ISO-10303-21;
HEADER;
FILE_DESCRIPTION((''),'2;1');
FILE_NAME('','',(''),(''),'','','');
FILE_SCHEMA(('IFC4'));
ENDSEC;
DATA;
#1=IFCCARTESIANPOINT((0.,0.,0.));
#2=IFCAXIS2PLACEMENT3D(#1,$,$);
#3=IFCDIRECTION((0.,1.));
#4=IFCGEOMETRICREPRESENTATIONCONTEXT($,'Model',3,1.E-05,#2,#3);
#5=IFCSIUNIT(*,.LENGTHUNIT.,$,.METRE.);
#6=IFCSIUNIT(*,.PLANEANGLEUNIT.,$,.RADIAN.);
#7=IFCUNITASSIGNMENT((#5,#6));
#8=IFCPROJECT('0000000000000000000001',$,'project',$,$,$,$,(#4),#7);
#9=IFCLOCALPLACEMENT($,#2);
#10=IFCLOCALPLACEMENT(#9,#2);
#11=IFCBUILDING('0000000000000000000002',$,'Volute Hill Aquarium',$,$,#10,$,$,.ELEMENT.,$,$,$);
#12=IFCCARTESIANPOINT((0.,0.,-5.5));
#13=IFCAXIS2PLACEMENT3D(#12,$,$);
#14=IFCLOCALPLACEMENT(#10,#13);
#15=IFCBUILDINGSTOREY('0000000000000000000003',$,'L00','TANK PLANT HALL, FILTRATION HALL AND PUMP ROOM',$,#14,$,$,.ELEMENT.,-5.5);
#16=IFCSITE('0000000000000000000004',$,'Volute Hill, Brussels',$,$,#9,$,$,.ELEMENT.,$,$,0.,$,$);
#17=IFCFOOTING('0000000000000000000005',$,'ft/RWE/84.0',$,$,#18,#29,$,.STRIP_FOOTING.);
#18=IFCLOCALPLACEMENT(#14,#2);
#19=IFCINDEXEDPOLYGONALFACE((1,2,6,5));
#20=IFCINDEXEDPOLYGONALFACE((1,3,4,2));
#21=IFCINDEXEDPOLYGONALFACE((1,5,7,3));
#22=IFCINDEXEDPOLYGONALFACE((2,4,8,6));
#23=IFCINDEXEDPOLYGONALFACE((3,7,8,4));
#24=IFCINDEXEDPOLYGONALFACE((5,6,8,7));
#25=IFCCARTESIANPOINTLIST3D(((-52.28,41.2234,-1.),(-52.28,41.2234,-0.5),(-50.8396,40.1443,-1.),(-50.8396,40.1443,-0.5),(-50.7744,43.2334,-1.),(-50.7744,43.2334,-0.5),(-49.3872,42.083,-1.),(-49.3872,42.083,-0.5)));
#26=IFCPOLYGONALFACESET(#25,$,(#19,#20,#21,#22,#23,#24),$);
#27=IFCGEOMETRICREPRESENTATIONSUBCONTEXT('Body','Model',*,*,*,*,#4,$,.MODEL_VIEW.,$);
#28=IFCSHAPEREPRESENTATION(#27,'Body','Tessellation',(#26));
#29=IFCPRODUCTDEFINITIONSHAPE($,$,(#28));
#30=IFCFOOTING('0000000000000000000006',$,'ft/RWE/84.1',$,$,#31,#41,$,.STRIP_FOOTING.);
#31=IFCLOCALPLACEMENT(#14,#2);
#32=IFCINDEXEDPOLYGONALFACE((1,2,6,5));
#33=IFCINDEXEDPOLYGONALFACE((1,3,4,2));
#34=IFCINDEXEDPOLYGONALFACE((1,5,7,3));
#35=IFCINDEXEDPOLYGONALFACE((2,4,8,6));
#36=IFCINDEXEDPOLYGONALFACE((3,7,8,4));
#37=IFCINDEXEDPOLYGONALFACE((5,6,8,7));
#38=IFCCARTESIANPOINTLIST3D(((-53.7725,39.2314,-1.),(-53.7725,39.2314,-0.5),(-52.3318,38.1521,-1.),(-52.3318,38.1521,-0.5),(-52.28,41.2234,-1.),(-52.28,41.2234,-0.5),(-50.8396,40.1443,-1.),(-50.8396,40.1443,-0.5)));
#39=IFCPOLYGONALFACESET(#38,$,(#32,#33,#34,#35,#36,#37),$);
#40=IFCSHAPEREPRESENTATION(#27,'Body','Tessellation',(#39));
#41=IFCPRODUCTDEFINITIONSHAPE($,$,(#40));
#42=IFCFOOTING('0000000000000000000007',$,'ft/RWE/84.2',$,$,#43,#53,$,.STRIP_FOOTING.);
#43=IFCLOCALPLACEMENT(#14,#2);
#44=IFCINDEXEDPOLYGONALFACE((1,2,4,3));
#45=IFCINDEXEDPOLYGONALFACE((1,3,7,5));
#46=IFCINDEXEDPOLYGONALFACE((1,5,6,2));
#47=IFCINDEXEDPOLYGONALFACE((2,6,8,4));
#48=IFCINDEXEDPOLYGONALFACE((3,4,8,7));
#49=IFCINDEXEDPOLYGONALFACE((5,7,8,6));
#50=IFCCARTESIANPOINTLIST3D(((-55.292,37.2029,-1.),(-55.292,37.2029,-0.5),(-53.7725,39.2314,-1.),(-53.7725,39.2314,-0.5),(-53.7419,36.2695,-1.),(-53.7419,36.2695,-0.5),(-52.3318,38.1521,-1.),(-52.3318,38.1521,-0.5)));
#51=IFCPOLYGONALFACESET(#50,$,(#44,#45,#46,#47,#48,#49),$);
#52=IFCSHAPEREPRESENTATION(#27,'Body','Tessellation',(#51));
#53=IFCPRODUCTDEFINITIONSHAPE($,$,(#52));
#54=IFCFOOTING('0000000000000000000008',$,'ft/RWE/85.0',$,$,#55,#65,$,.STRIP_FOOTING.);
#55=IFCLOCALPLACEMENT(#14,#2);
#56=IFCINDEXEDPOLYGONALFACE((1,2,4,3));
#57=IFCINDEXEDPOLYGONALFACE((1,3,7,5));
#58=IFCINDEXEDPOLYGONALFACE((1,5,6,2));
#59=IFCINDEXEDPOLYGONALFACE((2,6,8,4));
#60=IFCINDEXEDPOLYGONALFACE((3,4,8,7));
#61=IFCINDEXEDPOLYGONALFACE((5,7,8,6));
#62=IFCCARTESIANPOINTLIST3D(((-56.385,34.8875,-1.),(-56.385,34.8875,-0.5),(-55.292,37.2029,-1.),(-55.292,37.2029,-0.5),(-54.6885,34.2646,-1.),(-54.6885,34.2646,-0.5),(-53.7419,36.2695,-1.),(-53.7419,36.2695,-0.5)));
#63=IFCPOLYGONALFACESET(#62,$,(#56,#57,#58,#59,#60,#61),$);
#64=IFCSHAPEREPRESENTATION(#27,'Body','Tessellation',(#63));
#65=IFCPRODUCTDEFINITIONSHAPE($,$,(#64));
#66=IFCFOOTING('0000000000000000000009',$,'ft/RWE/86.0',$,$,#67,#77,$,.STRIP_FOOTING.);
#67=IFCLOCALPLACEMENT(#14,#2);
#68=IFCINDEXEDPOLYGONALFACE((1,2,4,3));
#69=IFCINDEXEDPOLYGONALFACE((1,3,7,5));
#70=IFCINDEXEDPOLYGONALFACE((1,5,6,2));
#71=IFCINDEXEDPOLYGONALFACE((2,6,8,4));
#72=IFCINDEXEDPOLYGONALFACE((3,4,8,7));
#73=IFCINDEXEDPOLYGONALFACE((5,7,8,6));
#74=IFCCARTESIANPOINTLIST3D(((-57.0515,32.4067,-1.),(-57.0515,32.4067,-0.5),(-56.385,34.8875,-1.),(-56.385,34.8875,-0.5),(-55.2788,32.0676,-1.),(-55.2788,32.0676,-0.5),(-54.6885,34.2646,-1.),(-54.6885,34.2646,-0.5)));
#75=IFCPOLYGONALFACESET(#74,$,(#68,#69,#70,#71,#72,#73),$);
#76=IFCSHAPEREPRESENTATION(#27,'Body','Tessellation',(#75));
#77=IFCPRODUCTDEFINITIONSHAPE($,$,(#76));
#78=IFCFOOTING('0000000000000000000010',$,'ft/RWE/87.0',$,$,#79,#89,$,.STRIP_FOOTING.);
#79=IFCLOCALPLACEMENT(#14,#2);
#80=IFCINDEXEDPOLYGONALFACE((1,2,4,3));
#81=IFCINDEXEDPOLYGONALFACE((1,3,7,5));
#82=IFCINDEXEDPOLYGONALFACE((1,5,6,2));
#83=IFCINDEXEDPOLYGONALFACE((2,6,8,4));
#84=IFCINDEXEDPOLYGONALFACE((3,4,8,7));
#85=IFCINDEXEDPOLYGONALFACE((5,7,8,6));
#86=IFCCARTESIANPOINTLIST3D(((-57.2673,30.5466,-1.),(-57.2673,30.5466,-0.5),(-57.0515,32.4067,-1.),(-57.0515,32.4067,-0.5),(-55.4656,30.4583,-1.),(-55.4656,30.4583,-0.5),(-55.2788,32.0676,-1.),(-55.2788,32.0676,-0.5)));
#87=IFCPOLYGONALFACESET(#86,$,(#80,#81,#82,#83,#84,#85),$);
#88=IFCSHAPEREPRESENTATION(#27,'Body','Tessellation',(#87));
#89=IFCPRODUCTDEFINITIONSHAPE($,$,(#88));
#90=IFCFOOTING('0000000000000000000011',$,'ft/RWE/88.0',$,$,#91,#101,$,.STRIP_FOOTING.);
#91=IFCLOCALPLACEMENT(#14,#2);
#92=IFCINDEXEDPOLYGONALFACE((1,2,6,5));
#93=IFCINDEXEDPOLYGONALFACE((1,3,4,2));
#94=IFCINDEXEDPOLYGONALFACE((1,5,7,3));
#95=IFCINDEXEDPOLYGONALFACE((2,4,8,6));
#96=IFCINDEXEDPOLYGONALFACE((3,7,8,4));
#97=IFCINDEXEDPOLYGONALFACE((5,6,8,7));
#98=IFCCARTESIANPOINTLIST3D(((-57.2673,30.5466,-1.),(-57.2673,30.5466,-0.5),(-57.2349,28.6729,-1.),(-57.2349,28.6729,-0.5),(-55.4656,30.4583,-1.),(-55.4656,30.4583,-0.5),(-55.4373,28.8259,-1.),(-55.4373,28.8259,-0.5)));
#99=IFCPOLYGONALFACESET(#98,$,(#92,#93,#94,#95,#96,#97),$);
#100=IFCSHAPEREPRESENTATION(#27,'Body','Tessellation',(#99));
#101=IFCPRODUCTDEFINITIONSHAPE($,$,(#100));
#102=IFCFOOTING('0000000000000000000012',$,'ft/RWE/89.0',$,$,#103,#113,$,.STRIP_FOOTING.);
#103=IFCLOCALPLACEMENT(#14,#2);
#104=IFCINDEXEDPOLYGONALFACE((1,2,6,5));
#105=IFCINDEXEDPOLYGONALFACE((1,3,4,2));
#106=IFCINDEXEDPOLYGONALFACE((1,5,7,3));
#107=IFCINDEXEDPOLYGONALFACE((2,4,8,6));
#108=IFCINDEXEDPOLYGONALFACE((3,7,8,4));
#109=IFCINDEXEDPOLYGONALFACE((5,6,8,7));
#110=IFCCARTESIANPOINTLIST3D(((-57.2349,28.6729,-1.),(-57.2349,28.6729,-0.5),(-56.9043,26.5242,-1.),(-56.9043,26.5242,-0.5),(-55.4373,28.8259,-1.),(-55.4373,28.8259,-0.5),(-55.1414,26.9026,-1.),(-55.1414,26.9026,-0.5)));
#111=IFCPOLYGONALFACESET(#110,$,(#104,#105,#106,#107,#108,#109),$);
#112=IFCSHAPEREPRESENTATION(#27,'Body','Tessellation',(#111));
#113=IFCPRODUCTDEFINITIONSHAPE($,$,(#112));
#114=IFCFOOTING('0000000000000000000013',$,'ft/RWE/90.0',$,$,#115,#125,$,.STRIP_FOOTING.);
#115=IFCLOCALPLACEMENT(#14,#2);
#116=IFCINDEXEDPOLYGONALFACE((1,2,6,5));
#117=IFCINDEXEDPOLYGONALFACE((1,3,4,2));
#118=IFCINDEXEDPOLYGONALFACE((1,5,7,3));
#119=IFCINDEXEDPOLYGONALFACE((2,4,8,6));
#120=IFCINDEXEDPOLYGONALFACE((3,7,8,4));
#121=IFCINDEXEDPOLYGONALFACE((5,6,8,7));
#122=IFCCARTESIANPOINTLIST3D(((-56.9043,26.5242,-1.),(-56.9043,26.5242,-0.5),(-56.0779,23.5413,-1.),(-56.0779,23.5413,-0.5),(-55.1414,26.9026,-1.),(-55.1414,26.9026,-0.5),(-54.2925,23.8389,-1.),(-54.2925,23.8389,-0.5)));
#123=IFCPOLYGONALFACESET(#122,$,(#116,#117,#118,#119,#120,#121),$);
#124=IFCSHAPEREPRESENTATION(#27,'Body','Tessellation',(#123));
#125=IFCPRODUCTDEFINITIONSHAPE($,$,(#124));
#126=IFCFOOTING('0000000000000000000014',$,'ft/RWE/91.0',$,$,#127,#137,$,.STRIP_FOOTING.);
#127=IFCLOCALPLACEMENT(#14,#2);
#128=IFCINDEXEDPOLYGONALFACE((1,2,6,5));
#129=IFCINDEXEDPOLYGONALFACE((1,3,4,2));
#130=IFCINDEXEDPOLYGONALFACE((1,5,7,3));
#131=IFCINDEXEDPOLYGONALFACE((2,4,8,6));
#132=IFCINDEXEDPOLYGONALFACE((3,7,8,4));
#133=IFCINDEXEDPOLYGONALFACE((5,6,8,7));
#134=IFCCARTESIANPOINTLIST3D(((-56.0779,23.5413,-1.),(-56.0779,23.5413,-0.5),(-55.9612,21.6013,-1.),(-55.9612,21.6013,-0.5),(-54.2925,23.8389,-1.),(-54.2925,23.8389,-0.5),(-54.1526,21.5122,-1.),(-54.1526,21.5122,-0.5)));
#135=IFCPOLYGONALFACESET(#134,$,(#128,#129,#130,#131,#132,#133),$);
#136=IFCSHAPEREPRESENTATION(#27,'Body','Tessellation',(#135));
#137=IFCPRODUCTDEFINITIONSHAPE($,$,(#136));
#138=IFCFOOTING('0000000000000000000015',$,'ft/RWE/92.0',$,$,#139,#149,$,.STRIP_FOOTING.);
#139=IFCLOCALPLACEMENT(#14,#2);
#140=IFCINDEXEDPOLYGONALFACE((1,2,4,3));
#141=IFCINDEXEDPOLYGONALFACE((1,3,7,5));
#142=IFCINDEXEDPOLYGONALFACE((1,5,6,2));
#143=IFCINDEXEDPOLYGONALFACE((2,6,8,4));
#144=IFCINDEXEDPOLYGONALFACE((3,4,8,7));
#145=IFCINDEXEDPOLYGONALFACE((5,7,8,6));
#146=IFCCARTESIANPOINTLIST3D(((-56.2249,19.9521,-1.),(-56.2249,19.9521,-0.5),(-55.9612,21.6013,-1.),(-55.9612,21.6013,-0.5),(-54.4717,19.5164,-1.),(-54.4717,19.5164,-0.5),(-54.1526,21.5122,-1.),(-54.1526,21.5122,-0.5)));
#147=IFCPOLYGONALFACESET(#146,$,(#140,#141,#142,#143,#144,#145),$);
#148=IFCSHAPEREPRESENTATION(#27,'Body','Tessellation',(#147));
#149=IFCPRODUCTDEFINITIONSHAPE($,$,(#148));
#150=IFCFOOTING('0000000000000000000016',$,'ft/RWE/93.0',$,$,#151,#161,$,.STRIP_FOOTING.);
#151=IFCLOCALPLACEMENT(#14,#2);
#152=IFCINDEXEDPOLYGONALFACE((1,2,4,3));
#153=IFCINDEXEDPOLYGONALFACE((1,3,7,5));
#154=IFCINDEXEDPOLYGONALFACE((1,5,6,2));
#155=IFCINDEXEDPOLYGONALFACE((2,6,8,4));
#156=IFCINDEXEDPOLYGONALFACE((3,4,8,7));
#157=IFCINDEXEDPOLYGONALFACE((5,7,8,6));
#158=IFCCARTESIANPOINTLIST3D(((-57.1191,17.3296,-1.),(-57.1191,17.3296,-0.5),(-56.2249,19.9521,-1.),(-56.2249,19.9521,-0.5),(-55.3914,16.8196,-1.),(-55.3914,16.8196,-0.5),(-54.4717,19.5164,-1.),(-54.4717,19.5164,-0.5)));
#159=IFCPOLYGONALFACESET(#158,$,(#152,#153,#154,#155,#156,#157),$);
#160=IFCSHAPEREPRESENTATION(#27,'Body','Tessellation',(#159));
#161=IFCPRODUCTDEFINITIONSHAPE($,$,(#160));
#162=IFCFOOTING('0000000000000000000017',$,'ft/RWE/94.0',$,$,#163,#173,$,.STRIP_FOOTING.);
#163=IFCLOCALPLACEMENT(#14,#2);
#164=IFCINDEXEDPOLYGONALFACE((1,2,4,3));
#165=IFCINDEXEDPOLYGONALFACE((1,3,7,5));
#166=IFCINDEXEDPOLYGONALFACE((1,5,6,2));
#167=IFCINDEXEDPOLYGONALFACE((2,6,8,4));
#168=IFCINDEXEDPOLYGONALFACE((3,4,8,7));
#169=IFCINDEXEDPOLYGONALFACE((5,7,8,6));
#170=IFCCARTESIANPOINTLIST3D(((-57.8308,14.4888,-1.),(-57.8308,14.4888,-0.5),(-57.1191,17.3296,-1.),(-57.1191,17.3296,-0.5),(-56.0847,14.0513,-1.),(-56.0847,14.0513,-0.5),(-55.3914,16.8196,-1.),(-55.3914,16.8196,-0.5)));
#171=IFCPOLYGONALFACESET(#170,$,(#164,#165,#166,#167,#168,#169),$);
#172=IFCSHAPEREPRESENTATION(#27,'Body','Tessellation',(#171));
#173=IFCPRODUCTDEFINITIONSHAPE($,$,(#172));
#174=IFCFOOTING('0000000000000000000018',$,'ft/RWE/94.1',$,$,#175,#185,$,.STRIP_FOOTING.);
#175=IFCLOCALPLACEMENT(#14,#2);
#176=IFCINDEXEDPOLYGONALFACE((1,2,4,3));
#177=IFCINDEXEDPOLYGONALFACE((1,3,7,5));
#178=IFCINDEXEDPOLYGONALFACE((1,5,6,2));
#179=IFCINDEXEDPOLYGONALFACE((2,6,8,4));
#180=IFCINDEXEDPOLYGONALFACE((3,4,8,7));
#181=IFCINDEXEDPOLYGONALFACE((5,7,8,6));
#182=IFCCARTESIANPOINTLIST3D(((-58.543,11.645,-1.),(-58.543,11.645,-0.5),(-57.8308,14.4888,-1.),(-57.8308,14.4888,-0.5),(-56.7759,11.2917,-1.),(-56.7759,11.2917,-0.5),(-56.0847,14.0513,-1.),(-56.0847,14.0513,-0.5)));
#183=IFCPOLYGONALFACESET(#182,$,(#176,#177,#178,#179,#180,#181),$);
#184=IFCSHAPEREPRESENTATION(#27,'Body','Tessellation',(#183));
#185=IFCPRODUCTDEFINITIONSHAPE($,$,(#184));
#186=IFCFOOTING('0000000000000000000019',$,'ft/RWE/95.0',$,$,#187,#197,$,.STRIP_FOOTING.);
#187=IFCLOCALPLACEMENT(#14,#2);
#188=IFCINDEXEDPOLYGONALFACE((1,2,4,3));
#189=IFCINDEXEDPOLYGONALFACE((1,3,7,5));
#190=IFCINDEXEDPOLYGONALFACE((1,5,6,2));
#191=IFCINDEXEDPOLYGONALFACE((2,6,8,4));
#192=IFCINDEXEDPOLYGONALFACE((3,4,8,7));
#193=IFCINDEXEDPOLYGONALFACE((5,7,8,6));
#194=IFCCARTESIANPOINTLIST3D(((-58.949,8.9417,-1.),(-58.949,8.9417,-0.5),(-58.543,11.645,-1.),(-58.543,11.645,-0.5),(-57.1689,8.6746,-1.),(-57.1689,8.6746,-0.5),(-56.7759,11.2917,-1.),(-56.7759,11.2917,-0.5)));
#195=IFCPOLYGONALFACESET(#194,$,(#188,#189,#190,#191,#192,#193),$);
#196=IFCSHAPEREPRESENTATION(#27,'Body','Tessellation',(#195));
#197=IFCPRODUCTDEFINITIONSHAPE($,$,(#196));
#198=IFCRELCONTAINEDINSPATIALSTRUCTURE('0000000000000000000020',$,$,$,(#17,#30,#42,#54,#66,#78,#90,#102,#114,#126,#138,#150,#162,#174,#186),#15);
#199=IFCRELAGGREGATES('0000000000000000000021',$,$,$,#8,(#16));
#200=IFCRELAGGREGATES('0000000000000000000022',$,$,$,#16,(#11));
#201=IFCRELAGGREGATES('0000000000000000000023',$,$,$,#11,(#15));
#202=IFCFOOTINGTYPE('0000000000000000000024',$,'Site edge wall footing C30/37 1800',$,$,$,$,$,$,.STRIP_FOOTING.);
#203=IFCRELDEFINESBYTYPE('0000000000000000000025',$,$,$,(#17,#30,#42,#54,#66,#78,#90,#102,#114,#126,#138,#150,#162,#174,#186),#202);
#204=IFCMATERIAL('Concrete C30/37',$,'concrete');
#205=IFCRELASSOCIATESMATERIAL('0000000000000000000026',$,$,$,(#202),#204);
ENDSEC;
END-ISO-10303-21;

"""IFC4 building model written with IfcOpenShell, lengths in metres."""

from ifc_helpers import new_model, si_unit, direction, frame, origin, place, context, subcontext, project, spatial, polyline, outline, extrude, material, type_object, element, save


model = new_model("IFC4")

# Units and contexts
model_context = context("Model", 3, precision=1e-05, world=origin(), true_north=direction((0.0, 1.0)))
body_context = subcontext(model_context, "Body", "Model", "MODEL_VIEW")
ifc_project = project(units=[si_unit("LENGTHUNIT", "METRE"), si_unit("PLANEANGLEUNIT", "RADIAN")], contexts=[model_context])

# Site, building, storey
site_placement = place(None, origin())
site = spatial("IfcSite", under=ifc_project, at=site_placement, Name="Volute Hill, Brussels", CompositionType="ELEMENT", RefElevation=0.0)
building_placement = place(site_placement, origin())
building = spatial("IfcBuilding", under=site, at=building_placement, Name="Volute Hill Aquarium", CompositionType="ELEMENT")
storey_placement = place(building_placement, frame((0.0, 0.0, -5.5)))
storey = spatial("IfcBuildingStorey", under=building, at=storey_placement, Name="L00", Description="TANK PLANT HALL, FILTRATION HALL AND PUMP ROOM", CompositionType="ELEMENT", Elevation=-5.5)

# Footings
ifc_material = material(Name="Concrete C30/37", Category="concrete")
footing_type = type_object("IfcFootingType", Name="Site edge wall footing C30/37 1800", PredefinedType="STRIP_FOOTING", material=ifc_material)
footing_1_placement = place(storey_placement, frame((0.0, 0.0, -1.0)))
element("IfcFooting", 1, at=footing_1_placement, inside=storey, type_object=footing_type, Name="ft/RWE/84.0", PredefinedType="STRIP_FOOTING", context=body_context, shape_type="SweptSolid", body=[
    extrude(outline(polyline([(-50.7744, 43.2334), (-52.28, 41.2234), (-50.8396, 40.1443), (-49.3872, 42.083), (-49.3872, 42.083), (-50.7744, 43.2334)])), origin(), (0.0, 0.0, 1.0), 0.5),
])
footing_2_placement = place(storey_placement, frame((0.0, 0.0, -1.0)))
element("IfcFooting", 2, at=footing_2_placement, inside=storey, type_object=footing_type, Name="ft/RWE/84.1", PredefinedType="STRIP_FOOTING", context=body_context, shape_type="SweptSolid", body=[
    extrude(outline(polyline([(-52.28, 41.2234), (-53.7725, 39.2314), (-52.3318, 38.1521), (-50.8396, 40.1443), (-52.28, 41.2234)])), origin(), (0.0, 0.0, 1.0), 0.5),
])
footing_3_placement = place(storey_placement, frame((0.0, 0.0, -1.0)))
element("IfcFooting", 3, at=footing_3_placement, inside=storey, type_object=footing_type, Name="ft/RWE/84.2", PredefinedType="STRIP_FOOTING", context=body_context, shape_type="SweptSolid", body=[
    extrude(outline(polyline([(-53.7725, 39.2314), (-55.292, 37.2029), (-53.7419, 36.2695), (-53.7419, 36.2695), (-52.3318, 38.1521), (-53.7725, 39.2314)])), origin(), (0.0, 0.0, 1.0), 0.5),
])
footing_4_placement = place(storey_placement, frame((0.0, 0.0, -1.0)))
element("IfcFooting", 4, at=footing_4_placement, inside=storey, type_object=footing_type, Name="ft/RWE/85.0", PredefinedType="STRIP_FOOTING", context=body_context, shape_type="SweptSolid", body=[
    extrude(outline(polyline([(-56.385, 34.8875), (-56.385, 34.8875), (-54.6885, 34.2646), (-54.6885, 34.2646), (-53.7419, 36.2695), (-55.292, 37.2029), (-55.292, 37.2029), (-56.385, 34.8875)])), origin(), (0.0, 0.0, 1.0), 0.5),
])
footing_5_placement = place(storey_placement, frame((0.0, 0.0, -1.0)))
element("IfcFooting", 5, at=footing_5_placement, inside=storey, type_object=footing_type, Name="ft/RWE/86.0", PredefinedType="STRIP_FOOTING", context=body_context, shape_type="SweptSolid", body=[
    extrude(outline(polyline([(-56.385, 34.8875), (-57.0515, 32.4067), (-55.2788, 32.0676), (-54.6885, 34.2646), (-56.385, 34.8875)])), origin(), (0.0, 0.0, 1.0), 0.5),
])
footing_6_placement = place(storey_placement, frame((0.0, 0.0, -1.0)))
element("IfcFooting", 6, at=footing_6_placement, inside=storey, type_object=footing_type, Name="ft/RWE/87.0", PredefinedType="STRIP_FOOTING", context=body_context, shape_type="SweptSolid", body=[
    extrude(outline(polyline([(-57.2673, 30.5466), (-57.2673, 30.5466), (-55.4656, 30.4583), (-55.2788, 32.0676), (-55.2788, 32.0676), (-57.0515, 32.4067), (-57.0515, 32.4067), (-57.2673, 30.5466)])), origin(), (0.0, 0.0, 1.0), 0.5),
])
footing_7_placement = place(storey_placement, frame((0.0, 0.0, -1.0)))
element("IfcFooting", 7, at=footing_7_placement, inside=storey, type_object=footing_type, Name="ft/RWE/88.0", PredefinedType="STRIP_FOOTING", context=body_context, shape_type="SweptSolid", body=[
    extrude(outline(polyline([(-57.2349, 28.6729), (-57.2349, 28.6729), (-55.4373, 28.8259), (-55.4373, 28.8259), (-55.4656, 30.4583), (-57.2673, 30.5466), (-57.2349, 28.6729)])), origin(), (0.0, 0.0, 1.0), 0.5),
])
footing_8_placement = place(storey_placement, frame((0.0, 0.0, -1.0)))
element("IfcFooting", 8, at=footing_8_placement, inside=storey, type_object=footing_type, Name="ft/RWE/89.0", PredefinedType="STRIP_FOOTING", context=body_context, shape_type="SweptSolid", body=[
    extrude(outline(polyline([(-57.2349, 28.6729), (-56.9043, 26.5242), (-55.1414, 26.9026), (-55.4373, 28.8259), (-57.2349, 28.6729)])), origin(), (0.0, 0.0, 1.0), 0.5),
])
footing_9_placement = place(storey_placement, frame((0.0, 0.0, -1.0)))
element("IfcFooting", 9, at=footing_9_placement, inside=storey, type_object=footing_type, Name="ft/RWE/90.0", PredefinedType="STRIP_FOOTING", context=body_context, shape_type="SweptSolid", body=[
    extrude(outline(polyline([(-56.0779, 23.5413), (-56.0779, 23.5413), (-54.2925, 23.8389), (-55.1414, 26.9026), (-55.1414, 26.9026), (-56.9043, 26.5242), (-56.9043, 26.5242), (-56.0779, 23.5413)])), origin(), (0.0, 0.0, 1.0), 0.5),
])
footing_10_placement = place(storey_placement, frame((0.0, 0.0, -1.0)))
element("IfcFooting", 10, at=footing_10_placement, inside=storey, type_object=footing_type, Name="ft/RWE/91.0", PredefinedType="STRIP_FOOTING", context=body_context, shape_type="SweptSolid", body=[
    extrude(outline(polyline([(-56.0779, 23.5413), (-55.9612, 21.6013), (-54.1526, 21.5122), (-54.2925, 23.8389), (-54.2925, 23.8389), (-56.0779, 23.5413)])), origin(), (0.0, 0.0, 1.0), 0.5),
])
footing_11_placement = place(storey_placement, frame((0.0, 0.0, -1.0)))
element("IfcFooting", 11, at=footing_11_placement, inside=storey, type_object=footing_type, Name="ft/RWE/92.0", PredefinedType="STRIP_FOOTING", context=body_context, shape_type="SweptSolid", body=[
    extrude(outline(polyline([(-56.2249, 19.9521), (-56.2249, 19.9521), (-54.4717, 19.5164), (-54.1526, 21.5122), (-54.1526, 21.5122), (-55.9612, 21.6013), (-55.9612, 21.6013), (-56.2249, 19.9521)])), origin(), (0.0, 0.0, 1.0), 0.5),
])
footing_12_placement = place(storey_placement, frame((0.0, 0.0, -1.0)))
element("IfcFooting", 12, at=footing_12_placement, inside=storey, type_object=footing_type, Name="ft/RWE/93.0", PredefinedType="STRIP_FOOTING", context=body_context, shape_type="SweptSolid", body=[
    extrude(outline(polyline([(-56.2249, 19.9521), (-57.1191, 17.3296), (-55.3914, 16.8196), (-54.4717, 19.5164), (-56.2249, 19.9521)])), origin(), (0.0, 0.0, 1.0), 0.5),
])
footing_13_placement = place(storey_placement, frame((0.0, 0.0, -1.0)))
element("IfcFooting", 13, at=footing_13_placement, inside=storey, type_object=footing_type, Name="ft/RWE/94.0", PredefinedType="STRIP_FOOTING", context=body_context, shape_type="SweptSolid", body=[
    extrude(outline(polyline([(-57.1191, 17.3296), (-57.8308, 14.4888), (-56.0847, 14.0513), (-55.3914, 16.8196), (-55.3914, 16.8196), (-57.1191, 17.3296), (-57.1191, 17.3296)])), origin(), (0.0, 0.0, 1.0), 0.5),
])
footing_14_placement = place(storey_placement, frame((0.0, 0.0, -1.0)))
element("IfcFooting", 14, at=footing_14_placement, inside=storey, type_object=footing_type, Name="ft/RWE/94.1", PredefinedType="STRIP_FOOTING", context=body_context, shape_type="SweptSolid", body=[
    extrude(outline(polyline([(-58.543, 11.645), (-58.543, 11.645), (-56.7759, 11.2917), (-56.7759, 11.2917), (-56.0847, 14.0513), (-57.8308, 14.4888), (-58.543, 11.645)])), origin(), (0.0, 0.0, 1.0), 0.5),
])
footing_15_placement = place(storey_placement, frame((0.0, 0.0, -1.0)))
element("IfcFooting", 15, at=footing_15_placement, inside=storey, type_object=footing_type, Name="ft/RWE/95.0", PredefinedType="STRIP_FOOTING", context=body_context, shape_type="SweptSolid", body=[
    extrude(outline(polyline([(-58.543, 11.645), (-58.949, 8.9417), (-57.1689, 8.6746), (-56.7759, 11.2917), (-58.543, 11.645)])), origin(), (0.0, 0.0, 1.0), 0.5),
])

save(model, "model.ifc")
